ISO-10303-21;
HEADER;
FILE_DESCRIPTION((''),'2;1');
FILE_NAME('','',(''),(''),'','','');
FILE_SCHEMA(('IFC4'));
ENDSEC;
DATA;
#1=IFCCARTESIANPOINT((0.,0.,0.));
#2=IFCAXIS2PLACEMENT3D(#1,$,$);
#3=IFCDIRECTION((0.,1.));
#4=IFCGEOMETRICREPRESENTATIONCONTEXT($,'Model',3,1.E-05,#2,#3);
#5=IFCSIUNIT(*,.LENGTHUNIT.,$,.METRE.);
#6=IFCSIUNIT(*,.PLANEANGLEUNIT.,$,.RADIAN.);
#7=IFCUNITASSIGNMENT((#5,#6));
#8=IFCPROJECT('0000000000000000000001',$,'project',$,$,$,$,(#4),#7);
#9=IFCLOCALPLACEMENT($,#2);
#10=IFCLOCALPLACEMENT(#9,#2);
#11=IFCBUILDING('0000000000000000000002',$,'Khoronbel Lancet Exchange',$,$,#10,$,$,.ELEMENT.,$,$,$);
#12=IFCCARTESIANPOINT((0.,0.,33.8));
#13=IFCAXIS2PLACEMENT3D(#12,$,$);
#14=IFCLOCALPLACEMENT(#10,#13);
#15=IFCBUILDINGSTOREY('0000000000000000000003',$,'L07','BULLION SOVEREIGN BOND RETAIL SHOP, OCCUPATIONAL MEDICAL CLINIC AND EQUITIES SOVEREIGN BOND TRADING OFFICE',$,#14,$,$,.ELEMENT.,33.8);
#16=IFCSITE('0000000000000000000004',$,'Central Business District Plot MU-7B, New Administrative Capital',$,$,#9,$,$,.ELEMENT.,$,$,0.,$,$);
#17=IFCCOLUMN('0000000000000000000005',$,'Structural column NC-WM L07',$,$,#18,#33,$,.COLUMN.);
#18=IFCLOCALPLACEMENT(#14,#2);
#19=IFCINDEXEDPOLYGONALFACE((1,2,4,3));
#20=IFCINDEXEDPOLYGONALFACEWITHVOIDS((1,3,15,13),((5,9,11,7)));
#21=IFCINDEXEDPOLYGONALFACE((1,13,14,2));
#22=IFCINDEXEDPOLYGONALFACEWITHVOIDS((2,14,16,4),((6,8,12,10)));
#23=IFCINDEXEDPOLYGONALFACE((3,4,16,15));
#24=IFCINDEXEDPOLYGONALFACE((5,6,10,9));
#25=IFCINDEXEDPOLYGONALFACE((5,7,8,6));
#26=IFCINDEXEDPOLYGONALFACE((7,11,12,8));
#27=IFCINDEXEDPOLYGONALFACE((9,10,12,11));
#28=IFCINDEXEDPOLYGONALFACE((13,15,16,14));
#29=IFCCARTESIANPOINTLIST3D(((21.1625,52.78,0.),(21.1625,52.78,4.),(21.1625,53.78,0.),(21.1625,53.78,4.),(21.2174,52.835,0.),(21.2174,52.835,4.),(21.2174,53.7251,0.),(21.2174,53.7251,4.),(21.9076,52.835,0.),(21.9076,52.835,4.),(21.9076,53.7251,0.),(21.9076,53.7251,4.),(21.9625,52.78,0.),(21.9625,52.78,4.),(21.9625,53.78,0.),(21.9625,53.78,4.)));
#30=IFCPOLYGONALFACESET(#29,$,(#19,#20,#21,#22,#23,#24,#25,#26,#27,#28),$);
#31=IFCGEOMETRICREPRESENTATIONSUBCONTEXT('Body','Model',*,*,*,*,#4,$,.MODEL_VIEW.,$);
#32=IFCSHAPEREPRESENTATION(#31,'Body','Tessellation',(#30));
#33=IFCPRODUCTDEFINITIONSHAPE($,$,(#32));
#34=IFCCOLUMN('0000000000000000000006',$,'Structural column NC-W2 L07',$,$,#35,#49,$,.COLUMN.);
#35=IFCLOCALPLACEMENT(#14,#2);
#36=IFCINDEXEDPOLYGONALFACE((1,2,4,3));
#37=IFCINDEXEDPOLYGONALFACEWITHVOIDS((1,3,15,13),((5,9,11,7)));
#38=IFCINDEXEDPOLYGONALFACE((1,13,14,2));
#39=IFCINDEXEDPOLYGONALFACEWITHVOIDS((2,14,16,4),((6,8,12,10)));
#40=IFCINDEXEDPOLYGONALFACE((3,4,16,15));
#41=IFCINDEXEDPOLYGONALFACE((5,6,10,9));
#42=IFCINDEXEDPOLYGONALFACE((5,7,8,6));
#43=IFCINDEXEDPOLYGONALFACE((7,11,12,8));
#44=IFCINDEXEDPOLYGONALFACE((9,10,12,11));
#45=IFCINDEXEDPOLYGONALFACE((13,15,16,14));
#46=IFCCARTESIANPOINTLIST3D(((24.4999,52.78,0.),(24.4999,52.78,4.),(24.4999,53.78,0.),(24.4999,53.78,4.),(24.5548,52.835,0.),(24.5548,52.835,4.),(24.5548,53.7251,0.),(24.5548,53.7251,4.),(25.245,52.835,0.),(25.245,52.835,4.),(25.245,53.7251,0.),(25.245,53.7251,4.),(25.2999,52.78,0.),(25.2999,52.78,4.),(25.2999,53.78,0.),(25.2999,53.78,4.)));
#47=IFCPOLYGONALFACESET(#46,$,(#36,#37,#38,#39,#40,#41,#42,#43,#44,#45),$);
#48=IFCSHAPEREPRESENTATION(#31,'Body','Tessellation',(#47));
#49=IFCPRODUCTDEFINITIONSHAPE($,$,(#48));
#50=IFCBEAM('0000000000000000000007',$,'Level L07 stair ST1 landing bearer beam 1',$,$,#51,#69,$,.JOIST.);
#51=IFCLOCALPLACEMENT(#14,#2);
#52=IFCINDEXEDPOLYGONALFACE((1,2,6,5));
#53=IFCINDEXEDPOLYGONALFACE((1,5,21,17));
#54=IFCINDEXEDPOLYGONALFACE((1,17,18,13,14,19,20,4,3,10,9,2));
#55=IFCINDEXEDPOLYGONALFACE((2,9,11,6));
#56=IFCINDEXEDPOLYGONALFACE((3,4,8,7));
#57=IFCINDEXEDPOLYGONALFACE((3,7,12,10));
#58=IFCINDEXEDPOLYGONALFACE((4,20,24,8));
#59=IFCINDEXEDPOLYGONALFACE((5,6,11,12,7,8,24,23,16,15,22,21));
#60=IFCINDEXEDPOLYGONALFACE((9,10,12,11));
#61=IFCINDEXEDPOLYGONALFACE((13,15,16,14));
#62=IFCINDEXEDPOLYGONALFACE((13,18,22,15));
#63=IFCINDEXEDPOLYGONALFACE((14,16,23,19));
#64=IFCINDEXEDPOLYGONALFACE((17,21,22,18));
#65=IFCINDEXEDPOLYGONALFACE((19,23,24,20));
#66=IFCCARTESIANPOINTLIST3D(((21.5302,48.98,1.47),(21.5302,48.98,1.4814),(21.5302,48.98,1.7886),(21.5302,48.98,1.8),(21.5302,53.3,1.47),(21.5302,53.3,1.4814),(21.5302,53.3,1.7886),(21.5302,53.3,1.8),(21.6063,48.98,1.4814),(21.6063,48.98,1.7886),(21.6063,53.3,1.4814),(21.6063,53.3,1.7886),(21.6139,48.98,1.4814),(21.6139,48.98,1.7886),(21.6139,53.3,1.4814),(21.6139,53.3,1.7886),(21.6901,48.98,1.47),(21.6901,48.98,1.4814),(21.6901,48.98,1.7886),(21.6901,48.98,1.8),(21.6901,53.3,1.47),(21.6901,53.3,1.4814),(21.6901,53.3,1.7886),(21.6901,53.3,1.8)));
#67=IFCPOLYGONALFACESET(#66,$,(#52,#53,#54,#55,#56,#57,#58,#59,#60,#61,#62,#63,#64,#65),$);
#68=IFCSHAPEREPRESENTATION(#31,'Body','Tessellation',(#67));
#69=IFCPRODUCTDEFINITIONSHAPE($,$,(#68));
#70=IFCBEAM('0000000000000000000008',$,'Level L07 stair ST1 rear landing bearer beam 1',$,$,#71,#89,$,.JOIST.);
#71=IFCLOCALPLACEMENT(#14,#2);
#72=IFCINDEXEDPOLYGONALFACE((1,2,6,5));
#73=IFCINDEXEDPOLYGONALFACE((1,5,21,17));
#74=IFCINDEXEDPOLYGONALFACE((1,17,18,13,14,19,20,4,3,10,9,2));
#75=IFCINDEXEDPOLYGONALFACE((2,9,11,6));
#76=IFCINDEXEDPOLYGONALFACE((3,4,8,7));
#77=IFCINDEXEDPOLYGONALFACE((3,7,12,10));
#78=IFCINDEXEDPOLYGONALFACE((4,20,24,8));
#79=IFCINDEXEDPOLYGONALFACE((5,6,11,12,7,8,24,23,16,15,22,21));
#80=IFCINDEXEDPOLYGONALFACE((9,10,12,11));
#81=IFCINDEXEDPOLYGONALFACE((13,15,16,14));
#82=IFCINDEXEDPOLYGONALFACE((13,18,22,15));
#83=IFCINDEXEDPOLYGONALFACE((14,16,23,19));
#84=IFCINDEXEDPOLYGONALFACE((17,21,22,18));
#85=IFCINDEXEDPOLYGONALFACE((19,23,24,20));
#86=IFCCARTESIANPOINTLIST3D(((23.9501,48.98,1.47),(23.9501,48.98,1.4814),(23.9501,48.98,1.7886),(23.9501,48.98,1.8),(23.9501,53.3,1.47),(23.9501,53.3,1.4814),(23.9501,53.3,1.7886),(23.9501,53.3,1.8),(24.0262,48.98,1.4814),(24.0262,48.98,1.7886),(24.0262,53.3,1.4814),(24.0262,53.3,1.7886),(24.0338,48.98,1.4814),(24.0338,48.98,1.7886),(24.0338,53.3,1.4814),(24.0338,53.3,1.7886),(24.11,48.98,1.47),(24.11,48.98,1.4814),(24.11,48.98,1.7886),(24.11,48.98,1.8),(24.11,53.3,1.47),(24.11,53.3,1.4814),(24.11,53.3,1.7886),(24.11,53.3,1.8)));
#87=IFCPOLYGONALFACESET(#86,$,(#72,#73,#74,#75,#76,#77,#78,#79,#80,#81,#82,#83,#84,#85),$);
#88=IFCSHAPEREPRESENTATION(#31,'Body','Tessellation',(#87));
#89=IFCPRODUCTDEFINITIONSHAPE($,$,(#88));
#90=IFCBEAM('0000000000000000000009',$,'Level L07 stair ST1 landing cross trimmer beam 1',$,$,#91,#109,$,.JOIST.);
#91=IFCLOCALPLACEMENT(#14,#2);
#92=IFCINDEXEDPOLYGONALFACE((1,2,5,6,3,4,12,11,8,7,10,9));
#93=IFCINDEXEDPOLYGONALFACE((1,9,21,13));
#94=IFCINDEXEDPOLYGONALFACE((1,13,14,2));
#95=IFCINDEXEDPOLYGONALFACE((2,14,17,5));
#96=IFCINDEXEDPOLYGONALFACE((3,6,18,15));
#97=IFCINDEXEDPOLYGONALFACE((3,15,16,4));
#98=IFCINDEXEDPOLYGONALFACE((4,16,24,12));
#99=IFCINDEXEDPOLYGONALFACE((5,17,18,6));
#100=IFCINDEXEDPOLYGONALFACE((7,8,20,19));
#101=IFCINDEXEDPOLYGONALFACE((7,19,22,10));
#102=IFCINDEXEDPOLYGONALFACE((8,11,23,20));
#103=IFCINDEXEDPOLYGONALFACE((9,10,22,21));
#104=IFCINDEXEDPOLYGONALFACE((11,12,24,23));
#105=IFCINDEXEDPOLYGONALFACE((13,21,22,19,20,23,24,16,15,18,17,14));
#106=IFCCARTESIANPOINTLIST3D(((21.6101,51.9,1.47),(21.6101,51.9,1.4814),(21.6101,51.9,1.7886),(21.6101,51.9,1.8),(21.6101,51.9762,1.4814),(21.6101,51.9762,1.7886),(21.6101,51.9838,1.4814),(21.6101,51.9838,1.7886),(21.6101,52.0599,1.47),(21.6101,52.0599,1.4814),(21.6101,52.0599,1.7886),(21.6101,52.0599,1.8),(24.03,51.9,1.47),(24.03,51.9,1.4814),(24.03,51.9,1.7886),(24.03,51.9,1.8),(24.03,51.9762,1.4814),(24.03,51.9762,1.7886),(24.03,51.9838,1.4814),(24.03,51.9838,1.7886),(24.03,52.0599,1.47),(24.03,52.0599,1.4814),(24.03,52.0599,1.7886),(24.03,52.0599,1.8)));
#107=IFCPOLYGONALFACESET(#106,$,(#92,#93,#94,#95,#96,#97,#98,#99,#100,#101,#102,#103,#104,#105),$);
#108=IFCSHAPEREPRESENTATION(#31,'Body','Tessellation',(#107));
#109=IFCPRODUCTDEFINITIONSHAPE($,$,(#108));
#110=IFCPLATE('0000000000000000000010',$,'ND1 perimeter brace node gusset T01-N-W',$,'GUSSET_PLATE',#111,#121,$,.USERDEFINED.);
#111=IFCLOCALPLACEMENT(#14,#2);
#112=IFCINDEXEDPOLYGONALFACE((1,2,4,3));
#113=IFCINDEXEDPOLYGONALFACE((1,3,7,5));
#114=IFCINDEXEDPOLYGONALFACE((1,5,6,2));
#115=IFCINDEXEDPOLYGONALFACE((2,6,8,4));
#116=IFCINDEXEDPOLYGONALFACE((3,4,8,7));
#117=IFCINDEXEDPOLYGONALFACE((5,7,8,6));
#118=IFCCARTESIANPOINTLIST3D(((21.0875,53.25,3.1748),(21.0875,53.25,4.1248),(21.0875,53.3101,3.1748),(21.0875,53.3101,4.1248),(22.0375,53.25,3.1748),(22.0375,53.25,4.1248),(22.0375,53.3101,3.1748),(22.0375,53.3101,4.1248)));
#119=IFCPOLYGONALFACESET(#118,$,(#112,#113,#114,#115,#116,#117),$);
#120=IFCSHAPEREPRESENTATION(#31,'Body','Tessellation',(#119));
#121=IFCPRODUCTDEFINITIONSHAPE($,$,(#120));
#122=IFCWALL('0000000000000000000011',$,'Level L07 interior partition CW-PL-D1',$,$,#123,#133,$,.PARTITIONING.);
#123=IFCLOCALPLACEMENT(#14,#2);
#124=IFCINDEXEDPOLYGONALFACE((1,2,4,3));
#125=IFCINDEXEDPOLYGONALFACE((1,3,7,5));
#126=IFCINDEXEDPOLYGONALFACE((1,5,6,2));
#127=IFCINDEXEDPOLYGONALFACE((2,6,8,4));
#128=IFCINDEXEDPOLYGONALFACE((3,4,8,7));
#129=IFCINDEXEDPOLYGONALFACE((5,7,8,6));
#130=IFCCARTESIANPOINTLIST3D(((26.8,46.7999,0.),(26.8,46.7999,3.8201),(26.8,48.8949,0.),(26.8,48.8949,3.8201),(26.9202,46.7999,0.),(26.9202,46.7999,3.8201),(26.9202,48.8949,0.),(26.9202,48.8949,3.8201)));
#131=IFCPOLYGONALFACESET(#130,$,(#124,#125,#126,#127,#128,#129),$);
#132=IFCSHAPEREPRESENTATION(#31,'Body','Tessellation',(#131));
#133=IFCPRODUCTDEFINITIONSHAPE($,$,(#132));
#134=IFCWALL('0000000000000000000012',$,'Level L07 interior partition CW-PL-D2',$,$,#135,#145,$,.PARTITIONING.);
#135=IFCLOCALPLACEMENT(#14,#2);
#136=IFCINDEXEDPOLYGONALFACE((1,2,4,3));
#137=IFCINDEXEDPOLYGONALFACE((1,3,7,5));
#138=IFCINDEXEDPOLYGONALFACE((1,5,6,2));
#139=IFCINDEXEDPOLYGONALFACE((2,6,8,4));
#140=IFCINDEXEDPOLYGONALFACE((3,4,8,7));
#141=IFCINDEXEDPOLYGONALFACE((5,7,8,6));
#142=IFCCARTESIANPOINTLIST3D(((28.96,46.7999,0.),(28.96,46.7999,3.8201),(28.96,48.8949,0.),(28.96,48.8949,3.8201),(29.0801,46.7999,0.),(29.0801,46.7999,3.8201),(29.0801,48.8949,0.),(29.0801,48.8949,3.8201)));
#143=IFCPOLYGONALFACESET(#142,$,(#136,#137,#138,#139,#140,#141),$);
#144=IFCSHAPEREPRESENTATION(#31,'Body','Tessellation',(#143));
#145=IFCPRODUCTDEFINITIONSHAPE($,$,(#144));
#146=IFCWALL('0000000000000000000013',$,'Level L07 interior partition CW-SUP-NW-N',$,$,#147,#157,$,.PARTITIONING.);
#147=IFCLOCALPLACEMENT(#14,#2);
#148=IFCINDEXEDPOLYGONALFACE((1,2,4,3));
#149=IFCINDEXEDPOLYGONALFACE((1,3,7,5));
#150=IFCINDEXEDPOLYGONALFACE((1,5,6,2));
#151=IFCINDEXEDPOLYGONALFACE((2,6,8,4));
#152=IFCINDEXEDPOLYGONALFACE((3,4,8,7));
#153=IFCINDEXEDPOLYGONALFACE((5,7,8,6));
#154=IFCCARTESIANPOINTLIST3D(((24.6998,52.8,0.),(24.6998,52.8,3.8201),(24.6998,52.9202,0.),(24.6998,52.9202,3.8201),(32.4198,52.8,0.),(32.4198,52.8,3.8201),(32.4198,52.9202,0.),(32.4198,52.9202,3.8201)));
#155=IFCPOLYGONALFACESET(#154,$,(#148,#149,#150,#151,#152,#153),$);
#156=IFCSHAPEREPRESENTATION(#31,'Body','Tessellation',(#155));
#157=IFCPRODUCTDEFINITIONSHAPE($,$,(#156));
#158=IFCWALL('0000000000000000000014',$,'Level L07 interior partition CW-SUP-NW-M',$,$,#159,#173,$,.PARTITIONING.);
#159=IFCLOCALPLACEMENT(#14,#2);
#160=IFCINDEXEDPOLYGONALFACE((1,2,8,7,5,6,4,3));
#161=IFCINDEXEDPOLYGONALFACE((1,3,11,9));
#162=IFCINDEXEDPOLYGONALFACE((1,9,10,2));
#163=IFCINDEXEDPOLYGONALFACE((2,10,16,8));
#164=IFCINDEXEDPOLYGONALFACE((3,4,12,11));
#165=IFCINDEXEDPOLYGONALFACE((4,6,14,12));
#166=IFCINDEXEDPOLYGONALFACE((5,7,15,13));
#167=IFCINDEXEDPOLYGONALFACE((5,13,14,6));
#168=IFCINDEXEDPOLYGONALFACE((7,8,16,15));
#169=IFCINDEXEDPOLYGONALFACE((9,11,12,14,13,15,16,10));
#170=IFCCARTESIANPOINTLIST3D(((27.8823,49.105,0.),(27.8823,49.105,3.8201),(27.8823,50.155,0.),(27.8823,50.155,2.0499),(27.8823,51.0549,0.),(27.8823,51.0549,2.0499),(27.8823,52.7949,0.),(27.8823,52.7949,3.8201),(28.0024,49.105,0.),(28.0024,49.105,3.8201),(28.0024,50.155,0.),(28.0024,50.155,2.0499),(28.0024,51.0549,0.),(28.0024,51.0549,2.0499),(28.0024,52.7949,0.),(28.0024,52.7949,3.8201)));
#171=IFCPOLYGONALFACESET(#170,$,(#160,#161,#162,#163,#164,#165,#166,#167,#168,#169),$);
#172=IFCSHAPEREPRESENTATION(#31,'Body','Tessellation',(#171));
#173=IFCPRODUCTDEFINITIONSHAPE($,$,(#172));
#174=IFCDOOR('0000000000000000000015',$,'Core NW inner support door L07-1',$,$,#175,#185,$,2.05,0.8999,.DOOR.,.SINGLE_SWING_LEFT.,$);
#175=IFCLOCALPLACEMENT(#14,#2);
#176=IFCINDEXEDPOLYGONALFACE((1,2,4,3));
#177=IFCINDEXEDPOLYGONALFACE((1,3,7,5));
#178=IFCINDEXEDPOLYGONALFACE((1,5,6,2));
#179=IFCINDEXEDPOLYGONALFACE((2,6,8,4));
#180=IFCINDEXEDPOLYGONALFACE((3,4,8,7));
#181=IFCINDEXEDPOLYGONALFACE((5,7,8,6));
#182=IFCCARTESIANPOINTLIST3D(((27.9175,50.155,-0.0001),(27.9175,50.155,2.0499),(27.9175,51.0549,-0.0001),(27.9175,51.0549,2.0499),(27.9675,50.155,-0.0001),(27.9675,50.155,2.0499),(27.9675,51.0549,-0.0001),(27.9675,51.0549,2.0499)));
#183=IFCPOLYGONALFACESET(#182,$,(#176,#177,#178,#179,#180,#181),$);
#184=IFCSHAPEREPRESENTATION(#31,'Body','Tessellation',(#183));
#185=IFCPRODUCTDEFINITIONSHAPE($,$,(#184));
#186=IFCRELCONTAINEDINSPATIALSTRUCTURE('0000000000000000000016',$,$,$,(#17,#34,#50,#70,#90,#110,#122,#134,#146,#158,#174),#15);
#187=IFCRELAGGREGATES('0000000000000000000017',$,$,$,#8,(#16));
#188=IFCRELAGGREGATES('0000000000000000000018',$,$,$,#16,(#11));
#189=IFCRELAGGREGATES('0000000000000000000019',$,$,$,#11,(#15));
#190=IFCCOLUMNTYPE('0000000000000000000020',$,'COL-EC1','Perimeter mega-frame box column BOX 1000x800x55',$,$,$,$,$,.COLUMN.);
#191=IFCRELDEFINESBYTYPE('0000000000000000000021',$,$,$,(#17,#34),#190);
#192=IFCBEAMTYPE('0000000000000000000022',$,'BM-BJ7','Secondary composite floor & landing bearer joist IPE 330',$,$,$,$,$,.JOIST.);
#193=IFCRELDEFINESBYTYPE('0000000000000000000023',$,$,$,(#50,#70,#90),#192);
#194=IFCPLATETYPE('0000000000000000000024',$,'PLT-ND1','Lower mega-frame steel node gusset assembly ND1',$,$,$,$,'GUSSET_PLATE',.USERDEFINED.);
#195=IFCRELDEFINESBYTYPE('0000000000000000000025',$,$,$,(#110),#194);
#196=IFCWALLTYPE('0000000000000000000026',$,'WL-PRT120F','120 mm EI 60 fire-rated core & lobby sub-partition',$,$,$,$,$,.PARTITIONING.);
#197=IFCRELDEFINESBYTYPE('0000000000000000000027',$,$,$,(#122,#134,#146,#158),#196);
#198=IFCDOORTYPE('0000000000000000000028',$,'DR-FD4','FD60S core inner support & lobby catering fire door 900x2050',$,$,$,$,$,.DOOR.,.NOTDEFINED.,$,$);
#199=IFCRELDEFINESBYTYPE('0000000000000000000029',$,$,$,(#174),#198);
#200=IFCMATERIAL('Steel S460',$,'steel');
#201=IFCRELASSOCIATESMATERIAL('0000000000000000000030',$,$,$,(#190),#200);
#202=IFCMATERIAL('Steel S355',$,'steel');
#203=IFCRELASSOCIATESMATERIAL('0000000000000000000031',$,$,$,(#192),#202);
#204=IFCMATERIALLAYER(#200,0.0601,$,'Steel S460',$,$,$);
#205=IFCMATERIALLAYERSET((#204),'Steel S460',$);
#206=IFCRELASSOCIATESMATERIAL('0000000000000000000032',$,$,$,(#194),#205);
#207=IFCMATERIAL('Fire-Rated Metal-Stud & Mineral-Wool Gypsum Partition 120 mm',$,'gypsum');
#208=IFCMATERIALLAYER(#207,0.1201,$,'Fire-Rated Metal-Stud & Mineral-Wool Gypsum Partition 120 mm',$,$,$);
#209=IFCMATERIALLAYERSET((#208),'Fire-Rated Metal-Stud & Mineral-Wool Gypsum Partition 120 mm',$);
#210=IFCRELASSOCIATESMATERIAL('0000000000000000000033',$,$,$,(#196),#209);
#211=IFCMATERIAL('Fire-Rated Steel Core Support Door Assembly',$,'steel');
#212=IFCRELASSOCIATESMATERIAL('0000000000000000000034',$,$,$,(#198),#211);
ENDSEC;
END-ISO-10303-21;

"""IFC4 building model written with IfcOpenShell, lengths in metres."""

from ifc_helpers import new_model, si_unit, direction, frame, frame_2d, origin, origin_2d, place, context, subcontext, project, spatial, rectangle, hollow_rectangle, i_section, extrude, material, layer, layer_set, material_profile, profile_set, type_object, element, fill, save


model = new_model("IFC4")

# Units and contexts
model_context = context("Model", 3, precision=1e-05, world=origin(), true_north=direction((0.0, 1.0)))
body_context = subcontext(model_context, "Body", "Model", "MODEL_VIEW")
ifc_project = project(units=[si_unit("LENGTHUNIT", "METRE"), si_unit("PLANEANGLEUNIT", "RADIAN")], contexts=[model_context])

# Site, building, storey
site_placement = place(None, origin())
site = spatial("IfcSite", under=ifc_project, at=site_placement, Name="Central Business District Plot MU-7B, New Administrative Capital", CompositionType="ELEMENT", RefElevation=0.0)
building_placement = place(site_placement, origin())
building = spatial("IfcBuilding", under=site, at=building_placement, Name="Khoronbel Lancet Exchange", CompositionType="ELEMENT")
storey_placement = place(building_placement, frame((0.0, 0.0, 33.8)))
storey = spatial("IfcBuildingStorey", under=building, at=storey_placement, Name="L07", Description="BULLION SOVEREIGN BOND RETAIL SHOP, OCCUPATIONAL MEDICAL CLINIC AND EQUITIES SOVEREIGN BOND TRADING OFFICE", CompositionType="ELEMENT", Elevation=33.8)

# Columns
ifc_material_1 = material(Name="Steel S460", Category="steel")
ifc_material_profile_1 = material_profile(ifc_material_1, hollow_rectangle(XDim=0.8, YDim=1.0, WallThickness=0.0549, at=origin_2d()), Name="BOX 1000x800x55")
ifc_profile_set_1 = profile_set([ifc_material_profile_1], Name="Steel S460")
column_type = type_object("IfcColumnType", Name="COL-EC1", Description="Perimeter mega-frame box column BOX 1000x800x55", PredefinedType="COLUMN", material=ifc_profile_set_1)
for number, where, z_axis, x_axis, name in (
    (1, (21.5625, 53.28, 0.0), (0.0, 0.0, 1.0), (1.0, 0.0, 0.0), "Structural column NC-WM L07"),
    (2, (24.8999, 53.28, 0.0), (0.0, 0.0, 1.0), (1.0, 0.0, 0.0), "Structural column NC-W2 L07"),
):
    element("IfcColumn", number, at=place(storey_placement, frame(where, z_axis=z_axis, x_axis=x_axis)), inside=storey, type_object=column_type, Name=name, PredefinedType="COLUMN", context=body_context, shape_type="SweptSolid", body=[
        extrude(hollow_rectangle(XDim=0.8, YDim=1.0, WallThickness=0.0549, at=origin_2d()), origin(), (0.0, 0.0, 1.0), 4.0),
    ])

# Beams
ifc_material_2 = material(Name="Steel S355", Category="steel")
ifc_material_profile_2 = material_profile(ifc_material_2, i_section(OverallWidth=0.1599, OverallDepth=0.3301, WebThickness=0.0076, FlangeThickness=0.0115, at=origin_2d()), Name="IPE 330")
ifc_profile_set_2 = profile_set([ifc_material_profile_2], Name="Steel S355")
beam_type = type_object("IfcBeamType", Name="BM-BJ7", Description="Secondary composite floor & landing bearer joist IPE 330", PredefinedType="JOIST", material=ifc_profile_set_2)
for number, where, z_axis, x_axis, name in (
    (3, (21.6101, 48.98, 1.635), (0.0, 1.0, 0.0), (-1.0, 0.0, 0.0), "Level L07 stair ST1 landing bearer beam 1"),
    (4, (24.03, 48.98, 1.635), (0.0, 1.0, 0.0), (-1.0, 0.0, 0.0), "Level L07 stair ST1 rear landing bearer beam 1"),
):
    element("IfcBeam", number, at=place(storey_placement, frame(where, z_axis=z_axis, x_axis=x_axis)), inside=storey, type_object=beam_type, Name=name, PredefinedType="JOIST", context=body_context, shape_type="SweptSolid", body=[
        extrude(i_section(OverallWidth=0.1599, OverallDepth=0.3301, WebThickness=0.0076, FlangeThickness=0.0115, at=origin_2d()), origin(), (0.0, 0.0, 1.0), 4.3201),
    ])
beam_placement = place(storey_placement, frame((21.6101, 51.98, 1.635), z_axis=(1.0, 0.0, 0.0), x_axis=(0.0, 1.0, 0.0)))
element("IfcBeam", 5, at=beam_placement, inside=storey, type_object=beam_type, Name="Level L07 stair ST1 landing cross trimmer beam 1", PredefinedType="JOIST", context=body_context, shape_type="SweptSolid", body=[
    extrude(i_section(OverallWidth=0.1599, OverallDepth=0.3301, WebThickness=0.0076, FlangeThickness=0.0115, at=origin_2d()), origin(), (0.0, 0.0, 1.0), 2.4199),
])

# Plate
ifc_layer_1 = layer(ifc_material_1, 0.0601, Name="Steel S460")
ifc_layer_set_1 = layer_set([ifc_layer_1], Name="Steel S460")
plate_type = type_object("IfcPlateType", Name="PLT-ND1", Description="Lower mega-frame steel node gusset assembly ND1", ElementType="GUSSET_PLATE", PredefinedType="USERDEFINED", material=ifc_layer_set_1)
plate_placement = place(storey_placement, frame((21.5625, 53.28, 3.1748), z_axis=(0.0, 0.0, 1.0), x_axis=(1.0, 0.0, 0.0)))
element("IfcPlate", 6, at=plate_placement, inside=storey, type_object=plate_type, Name="ND1 perimeter brace node gusset T01-N-W", ObjectType="GUSSET_PLATE", PredefinedType="USERDEFINED", context=body_context, shape_type="SweptSolid", body=[
    extrude(rectangle(XDim=0.95, YDim=0.0601, at=origin_2d()), origin(), (0.0, 0.0, 1.0), 0.95),
])

# Walls
ifc_material_3 = material(Name="Fire-Rated Metal-Stud & Mineral-Wool Gypsum Partition 120 mm", Category="gypsum")
ifc_layer_2 = layer(ifc_material_3, 0.1201, Name="Fire-Rated Metal-Stud & Mineral-Wool Gypsum Partition 120 mm")
ifc_layer_set_2 = layer_set([ifc_layer_2], Name="Fire-Rated Metal-Stud & Mineral-Wool Gypsum Partition 120 mm")
wall_type_1 = type_object("IfcWallType", Name="WL-PRT120F", Description="120 mm EI 60 fire-rated core & lobby sub-partition", PredefinedType="PARTITIONING", material=ifc_layer_set_2)
for number, where, z_axis, x_axis, name in (
    (7, (26.8601, 46.8, 0.0), (0.0, 0.0, 1.0), (0.0, 1.0, 0.0), "Level L07 interior partition CW-PL-D1"),
    (8, (29.02, 46.8, 0.0), (0.0, 0.0, 1.0), (0.0, 1.0, 0.0), "Level L07 interior partition CW-PL-D2"),
):
    element("IfcWall", number, at=place(storey_placement, frame(where, z_axis=z_axis, x_axis=x_axis)), inside=storey, type_object=wall_type_1, Name=name, PredefinedType="PARTITIONING", context=body_context, shape_type="SweptSolid", body=[
        extrude(rectangle(XDim=2.095, YDim=0.1201, at=frame_2d((1.0474, 0.0))), origin(), (0.0, 0.0, 1.0), 3.8201),
    ])
wall_1_placement = place(storey_placement, frame((24.7, 52.8601, 0.0), z_axis=(0.0, 0.0, 1.0), x_axis=(1.0, 0.0, 0.0)))
element("IfcWall", 9, at=wall_1_placement, inside=storey, type_object=wall_type_1, Name="Level L07 interior partition CW-SUP-NW-N", PredefinedType="PARTITIONING", context=body_context, shape_type="SweptSolid", body=[
    extrude(rectangle(XDim=7.72, YDim=0.1201, at=frame_2d((3.8599, 0.0))), origin(), (0.0, 0.0, 1.0), 3.8201),
])

# Wall, opening, door
wall_2_placement = place(storey_placement, frame((27.9424, 49.105, 0.0), z_axis=(0.0, 0.0, 1.0), x_axis=(0.0, 1.0, 0.0)))
wall_2 = element("IfcWall", 10, at=wall_2_placement, inside=storey, type_object=wall_type_1, Name="Level L07 interior partition CW-SUP-NW-M", PredefinedType="PARTITIONING", context=body_context, shape_type="SweptSolid", body=[
    extrude(rectangle(XDim=3.6899, YDim=0.1201, at=frame_2d((1.845, 0.0))), origin(), (0.0, 0.0, 1.0), 3.8201),
])
opening_1_placement = place(wall_2_placement, frame((1.05, 0.0, 0.0)))
opening_1 = element("IfcOpeningElement", 11, at=opening_1_placement, cuts=wall_2, PredefinedType="OPENING", context=body_context, shape_type="SweptSolid", body=[
    extrude(rectangle(XDim=0.8999, YDim=2.05, at=frame_2d((0.45, 1.0249))), frame((0.0, 0.0701, 0.0), z_axis=(0.0, -1.0, 0.0), x_axis=(1.0, 0.0, 0.0)), (0.0, 0.0, 1.0), 0.1401),
])
ifc_material_4 = material(Name="Fire-Rated Steel Core Support Door Assembly", Category="steel")
door_type_1 = type_object("IfcDoorType", Name="DR-FD4", Description="FD60S core inner support & lobby catering fire door 900x2050", OperationType="NOTDEFINED", PredefinedType="DOOR", material=ifc_material_4)
door_1_placement = place(opening_1_placement, origin())
door_1 = element("IfcDoor", 12, at=door_1_placement, inside=storey, type_object=door_type_1, Name="Core NW inner support door L07-1", OperationType="SINGLE_SWING_LEFT", OverallHeight=2.05, OverallWidth=0.8999, PredefinedType="DOOR", context=body_context, shape_type="SweptSolid", body=[
    extrude(rectangle(XDim=0.8999, YDim=2.05, at=frame_2d((0.45, 1.0249))), frame((0.0, 0.0249, 0.0), z_axis=(0.0, -1.0, 0.0), x_axis=(1.0, 0.0, 0.0)), (0.0, 0.0, 1.0), 0.05),
])
fill(opening_1, door_1)

save(model, "model.ifc")
